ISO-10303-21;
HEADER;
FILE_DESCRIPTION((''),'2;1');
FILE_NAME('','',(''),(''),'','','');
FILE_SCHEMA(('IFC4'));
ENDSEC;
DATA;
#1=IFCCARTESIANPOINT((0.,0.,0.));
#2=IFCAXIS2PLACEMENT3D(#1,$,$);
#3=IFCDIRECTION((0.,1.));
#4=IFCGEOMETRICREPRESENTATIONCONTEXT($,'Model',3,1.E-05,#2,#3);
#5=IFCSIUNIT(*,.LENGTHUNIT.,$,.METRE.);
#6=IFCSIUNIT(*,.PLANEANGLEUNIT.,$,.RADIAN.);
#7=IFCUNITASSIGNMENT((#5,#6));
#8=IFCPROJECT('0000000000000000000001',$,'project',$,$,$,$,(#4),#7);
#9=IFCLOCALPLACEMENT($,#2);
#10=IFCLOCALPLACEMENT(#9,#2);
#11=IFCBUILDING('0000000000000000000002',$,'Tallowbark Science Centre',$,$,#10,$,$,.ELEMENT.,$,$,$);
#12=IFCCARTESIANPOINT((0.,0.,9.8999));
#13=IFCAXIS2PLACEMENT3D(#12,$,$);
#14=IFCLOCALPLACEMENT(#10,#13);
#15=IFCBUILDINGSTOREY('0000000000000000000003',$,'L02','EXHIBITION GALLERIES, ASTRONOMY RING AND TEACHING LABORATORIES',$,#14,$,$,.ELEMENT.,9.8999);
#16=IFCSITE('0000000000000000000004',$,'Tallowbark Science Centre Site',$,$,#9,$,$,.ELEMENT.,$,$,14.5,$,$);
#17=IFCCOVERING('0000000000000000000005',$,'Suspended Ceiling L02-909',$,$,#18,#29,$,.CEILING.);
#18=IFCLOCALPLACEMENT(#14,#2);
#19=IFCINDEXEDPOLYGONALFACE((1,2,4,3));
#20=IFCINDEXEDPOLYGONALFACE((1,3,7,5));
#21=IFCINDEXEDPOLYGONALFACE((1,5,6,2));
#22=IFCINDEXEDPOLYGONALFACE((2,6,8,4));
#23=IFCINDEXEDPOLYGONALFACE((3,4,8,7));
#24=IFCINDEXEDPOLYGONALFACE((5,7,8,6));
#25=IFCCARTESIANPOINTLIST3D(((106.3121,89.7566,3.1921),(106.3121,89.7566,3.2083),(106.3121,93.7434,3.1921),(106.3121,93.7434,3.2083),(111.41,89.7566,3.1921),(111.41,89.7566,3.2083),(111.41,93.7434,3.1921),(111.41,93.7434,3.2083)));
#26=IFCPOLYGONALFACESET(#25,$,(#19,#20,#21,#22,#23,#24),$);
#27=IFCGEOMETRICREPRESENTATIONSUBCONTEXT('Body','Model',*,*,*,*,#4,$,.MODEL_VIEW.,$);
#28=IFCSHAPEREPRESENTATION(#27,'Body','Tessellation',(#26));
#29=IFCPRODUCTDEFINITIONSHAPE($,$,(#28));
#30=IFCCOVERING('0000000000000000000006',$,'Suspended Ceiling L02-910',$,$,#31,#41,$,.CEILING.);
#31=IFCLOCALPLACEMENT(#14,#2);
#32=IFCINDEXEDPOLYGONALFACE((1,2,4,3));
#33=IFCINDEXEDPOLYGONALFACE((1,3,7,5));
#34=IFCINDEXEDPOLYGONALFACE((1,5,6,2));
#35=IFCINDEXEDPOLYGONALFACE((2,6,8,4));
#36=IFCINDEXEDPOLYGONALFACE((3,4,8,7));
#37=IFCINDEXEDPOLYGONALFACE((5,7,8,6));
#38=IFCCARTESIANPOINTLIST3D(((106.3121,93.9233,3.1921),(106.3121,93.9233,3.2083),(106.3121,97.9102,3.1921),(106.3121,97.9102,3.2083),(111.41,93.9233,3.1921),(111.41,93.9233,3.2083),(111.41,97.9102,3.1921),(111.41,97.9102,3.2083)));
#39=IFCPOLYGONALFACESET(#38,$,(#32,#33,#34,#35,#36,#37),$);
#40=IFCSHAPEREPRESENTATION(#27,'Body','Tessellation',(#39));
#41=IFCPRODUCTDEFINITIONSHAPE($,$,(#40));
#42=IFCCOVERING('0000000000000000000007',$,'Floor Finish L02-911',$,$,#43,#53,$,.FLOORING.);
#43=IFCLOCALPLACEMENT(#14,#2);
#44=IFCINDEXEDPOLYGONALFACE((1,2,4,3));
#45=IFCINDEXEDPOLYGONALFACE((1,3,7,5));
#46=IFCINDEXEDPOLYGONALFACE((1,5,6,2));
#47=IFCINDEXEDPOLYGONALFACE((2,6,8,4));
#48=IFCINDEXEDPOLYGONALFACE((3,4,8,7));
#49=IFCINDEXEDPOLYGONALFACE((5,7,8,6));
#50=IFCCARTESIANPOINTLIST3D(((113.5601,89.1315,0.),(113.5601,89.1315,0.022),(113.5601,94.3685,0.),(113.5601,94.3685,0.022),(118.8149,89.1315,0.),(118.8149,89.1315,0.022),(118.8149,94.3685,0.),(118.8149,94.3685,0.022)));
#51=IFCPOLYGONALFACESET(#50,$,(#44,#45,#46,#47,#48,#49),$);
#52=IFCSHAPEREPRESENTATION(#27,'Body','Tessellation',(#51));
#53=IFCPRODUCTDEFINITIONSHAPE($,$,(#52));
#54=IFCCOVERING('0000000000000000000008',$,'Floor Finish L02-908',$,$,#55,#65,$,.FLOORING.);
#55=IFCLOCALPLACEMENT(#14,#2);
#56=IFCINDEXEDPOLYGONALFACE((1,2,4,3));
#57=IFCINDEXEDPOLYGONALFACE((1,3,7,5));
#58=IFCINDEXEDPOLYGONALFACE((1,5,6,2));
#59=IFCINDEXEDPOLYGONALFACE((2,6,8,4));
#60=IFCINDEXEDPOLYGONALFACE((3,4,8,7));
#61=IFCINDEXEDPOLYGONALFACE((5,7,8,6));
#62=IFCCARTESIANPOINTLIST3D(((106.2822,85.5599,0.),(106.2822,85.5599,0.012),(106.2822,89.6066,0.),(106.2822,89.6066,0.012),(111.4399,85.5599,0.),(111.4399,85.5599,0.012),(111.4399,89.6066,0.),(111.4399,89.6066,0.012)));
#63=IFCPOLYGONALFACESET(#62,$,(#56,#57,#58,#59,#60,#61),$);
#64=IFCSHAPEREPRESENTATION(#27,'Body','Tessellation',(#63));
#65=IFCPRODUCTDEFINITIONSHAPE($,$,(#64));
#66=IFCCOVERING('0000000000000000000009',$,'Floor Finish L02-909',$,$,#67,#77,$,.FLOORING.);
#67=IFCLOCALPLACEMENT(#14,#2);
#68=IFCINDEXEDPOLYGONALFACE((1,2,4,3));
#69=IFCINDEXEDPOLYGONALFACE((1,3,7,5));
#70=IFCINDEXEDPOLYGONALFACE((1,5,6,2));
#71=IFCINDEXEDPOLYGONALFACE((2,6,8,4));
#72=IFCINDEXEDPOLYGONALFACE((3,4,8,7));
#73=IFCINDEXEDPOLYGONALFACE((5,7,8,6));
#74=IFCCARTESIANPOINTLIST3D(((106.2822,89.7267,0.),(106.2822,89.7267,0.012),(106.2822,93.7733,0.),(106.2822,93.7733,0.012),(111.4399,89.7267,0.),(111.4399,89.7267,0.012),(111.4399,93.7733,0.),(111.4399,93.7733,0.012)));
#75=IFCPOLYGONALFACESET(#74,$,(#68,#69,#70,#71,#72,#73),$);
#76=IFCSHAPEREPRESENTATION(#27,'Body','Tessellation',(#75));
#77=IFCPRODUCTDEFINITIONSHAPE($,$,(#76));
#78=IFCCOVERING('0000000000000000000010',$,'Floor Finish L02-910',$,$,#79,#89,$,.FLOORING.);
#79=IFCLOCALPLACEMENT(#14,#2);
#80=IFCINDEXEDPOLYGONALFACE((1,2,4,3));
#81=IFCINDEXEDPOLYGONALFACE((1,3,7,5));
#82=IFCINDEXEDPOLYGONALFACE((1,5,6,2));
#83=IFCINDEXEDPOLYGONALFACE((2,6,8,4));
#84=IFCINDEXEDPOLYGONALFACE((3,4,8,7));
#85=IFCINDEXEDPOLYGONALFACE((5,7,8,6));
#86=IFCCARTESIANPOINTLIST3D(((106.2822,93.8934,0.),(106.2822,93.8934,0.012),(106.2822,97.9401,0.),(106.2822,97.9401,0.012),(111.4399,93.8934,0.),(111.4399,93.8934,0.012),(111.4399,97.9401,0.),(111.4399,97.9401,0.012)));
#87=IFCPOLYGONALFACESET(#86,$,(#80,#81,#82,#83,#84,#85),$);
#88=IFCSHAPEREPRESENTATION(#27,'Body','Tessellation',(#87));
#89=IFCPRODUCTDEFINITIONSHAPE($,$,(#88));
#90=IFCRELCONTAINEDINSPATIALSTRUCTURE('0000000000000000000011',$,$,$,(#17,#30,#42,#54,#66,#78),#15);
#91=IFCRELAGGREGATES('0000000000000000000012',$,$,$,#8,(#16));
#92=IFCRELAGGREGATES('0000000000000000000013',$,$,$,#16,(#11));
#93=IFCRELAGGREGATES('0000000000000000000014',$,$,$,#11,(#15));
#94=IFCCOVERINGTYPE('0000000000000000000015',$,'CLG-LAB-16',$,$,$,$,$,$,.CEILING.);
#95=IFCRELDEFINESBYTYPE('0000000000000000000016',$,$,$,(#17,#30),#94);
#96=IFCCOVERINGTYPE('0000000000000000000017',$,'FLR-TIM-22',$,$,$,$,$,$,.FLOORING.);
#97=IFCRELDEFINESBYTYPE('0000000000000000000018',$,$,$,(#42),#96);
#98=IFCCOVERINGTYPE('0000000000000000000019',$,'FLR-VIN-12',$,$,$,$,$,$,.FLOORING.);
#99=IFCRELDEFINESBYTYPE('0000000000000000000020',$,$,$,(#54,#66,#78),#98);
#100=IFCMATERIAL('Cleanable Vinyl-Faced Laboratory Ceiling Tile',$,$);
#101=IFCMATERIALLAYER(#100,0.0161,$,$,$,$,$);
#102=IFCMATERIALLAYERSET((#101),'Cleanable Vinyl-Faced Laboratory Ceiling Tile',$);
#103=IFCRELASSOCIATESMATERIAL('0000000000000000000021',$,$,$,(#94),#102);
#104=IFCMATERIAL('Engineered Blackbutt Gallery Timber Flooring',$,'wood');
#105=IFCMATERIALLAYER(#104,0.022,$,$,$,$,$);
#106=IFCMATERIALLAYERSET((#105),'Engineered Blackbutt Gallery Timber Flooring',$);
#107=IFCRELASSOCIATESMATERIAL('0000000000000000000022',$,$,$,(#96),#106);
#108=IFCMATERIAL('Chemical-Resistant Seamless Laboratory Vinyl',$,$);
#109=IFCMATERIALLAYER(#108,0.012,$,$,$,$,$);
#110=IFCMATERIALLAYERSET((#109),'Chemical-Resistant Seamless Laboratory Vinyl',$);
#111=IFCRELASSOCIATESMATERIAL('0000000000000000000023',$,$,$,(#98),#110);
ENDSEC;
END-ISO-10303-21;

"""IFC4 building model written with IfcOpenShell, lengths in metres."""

from ifc_helpers import new_model, si_unit, direction, frame, origin, origin_2d, place, context, subcontext, project, spatial, rectangle, extrude, material, layer, layer_set, type_object, element, save


model = new_model("IFC4")

# Units and contexts
model_context = context("Model", 3, precision=1e-05, world=origin(), true_north=direction((0.0, 1.0)))
body_context = subcontext(model_context, "Body", "Model", "MODEL_VIEW")
ifc_project = project(units=[si_unit("LENGTHUNIT", "METRE"), si_unit("PLANEANGLEUNIT", "RADIAN")], contexts=[model_context])

# Site, building, storey
site_placement = place(None, origin())
site = spatial("IfcSite", under=ifc_project, at=site_placement, Name="Tallowbark Science Centre Site", CompositionType="ELEMENT", RefElevation=14.5)
building_placement = place(site_placement, origin())
building = spatial("IfcBuilding", under=site, at=building_placement, Name="Tallowbark Science Centre", CompositionType="ELEMENT")
storey_placement = place(building_placement, frame((0.0, 0.0, 9.8999)))
storey = spatial("IfcBuildingStorey", under=building, at=storey_placement, Name="L02", Description="EXHIBITION GALLERIES, ASTRONOMY RING AND TEACHING LABORATORIES", CompositionType="ELEMENT", Elevation=9.8999)

# Coverings
ifc_material_1 = material(Name="Cleanable Vinyl-Faced Laboratory Ceiling Tile")
ifc_layer_1 = layer(ifc_material_1, 0.0161)
ifc_layer_set_1 = layer_set([ifc_layer_1], Name="Cleanable Vinyl-Faced Laboratory Ceiling Tile")
covering_type_1 = type_object("IfcCoveringType", Name="CLG-LAB-16", PredefinedType="CEILING", material=ifc_layer_set_1)
for number, where, z_axis, x_axis, name in (
    (1, (108.8611, 91.75, 3.1921), (0.0, 0.0, 1.0), (1.0, 0.0, 0.0), "Suspended Ceiling L02-909"),
    (2, (108.8611, 95.9167, 3.1921), (0.0, 0.0, 1.0), (1.0, 0.0, 0.0), "Suspended Ceiling L02-910"),
):
    element("IfcCovering", number, at=place(storey_placement, frame(where, z_axis=z_axis, x_axis=x_axis)), inside=storey, type_object=covering_type_1, Name=name, PredefinedType="CEILING", context=body_context, shape_type="SweptSolid", body=[
        extrude(rectangle(XDim=5.0979, YDim=3.9868, at=origin_2d()), origin(), (0.0, 0.0, 1.0), 0.0161),
    ])
ifc_material_2 = material(Name="Engineered Blackbutt Gallery Timber Flooring", Category="wood")
ifc_layer_2 = layer(ifc_material_2, 0.022)
ifc_layer_set_2 = layer_set([ifc_layer_2], Name="Engineered Blackbutt Gallery Timber Flooring")
covering_type_2 = type_object("IfcCoveringType", Name="FLR-TIM-22", PredefinedType="FLOORING", material=ifc_layer_set_2)
covering_1_placement = place(storey_placement, frame((116.1875, 91.75, 0.0), z_axis=(0.0, 0.0, 1.0), x_axis=(1.0, 0.0, 0.0)))
element("IfcCovering", 3, at=covering_1_placement, inside=storey, type_object=covering_type_2, Name="Floor Finish L02-911", PredefinedType="FLOORING", context=body_context, shape_type="SweptSolid", body=[
    extrude(rectangle(XDim=5.2549, YDim=5.2371, at=origin_2d()), origin(), (0.0, 0.0, 1.0), 0.022),
])
ifc_material_3 = material(Name="Chemical-Resistant Seamless Laboratory Vinyl")
ifc_layer_3 = layer(ifc_material_3, 0.012)
ifc_layer_set_3 = layer_set([ifc_layer_3], Name="Chemical-Resistant Seamless Laboratory Vinyl")
covering_type_3 = type_object("IfcCoveringType", Name="FLR-VIN-12", PredefinedType="FLOORING", material=ifc_layer_set_3)
for number, where, z_axis, x_axis, name in (
    (4, (108.8611, 87.5833, 0.0), (0.0, 0.0, 1.0), (1.0, 0.0, 0.0), "Floor Finish L02-908"),
    (5, (108.8611, 91.75, 0.0), (0.0, 0.0, 1.0), (1.0, 0.0, 0.0), "Floor Finish L02-909"),
    (6, (108.8611, 95.9167, 0.0), (0.0, 0.0, 1.0), (1.0, 0.0, 0.0), "Floor Finish L02-910"),
):
    element("IfcCovering", number, at=place(storey_placement, frame(where, z_axis=z_axis, x_axis=x_axis)), inside=storey, type_object=covering_type_3, Name=name, PredefinedType="FLOORING", context=body_context, shape_type="SweptSolid", body=[
        extrude(rectangle(XDim=5.1577, YDim=4.0466, at=origin_2d()), origin(), (0.0, 0.0, 1.0), 0.012),
    ])

save(model, "model.ifc")
